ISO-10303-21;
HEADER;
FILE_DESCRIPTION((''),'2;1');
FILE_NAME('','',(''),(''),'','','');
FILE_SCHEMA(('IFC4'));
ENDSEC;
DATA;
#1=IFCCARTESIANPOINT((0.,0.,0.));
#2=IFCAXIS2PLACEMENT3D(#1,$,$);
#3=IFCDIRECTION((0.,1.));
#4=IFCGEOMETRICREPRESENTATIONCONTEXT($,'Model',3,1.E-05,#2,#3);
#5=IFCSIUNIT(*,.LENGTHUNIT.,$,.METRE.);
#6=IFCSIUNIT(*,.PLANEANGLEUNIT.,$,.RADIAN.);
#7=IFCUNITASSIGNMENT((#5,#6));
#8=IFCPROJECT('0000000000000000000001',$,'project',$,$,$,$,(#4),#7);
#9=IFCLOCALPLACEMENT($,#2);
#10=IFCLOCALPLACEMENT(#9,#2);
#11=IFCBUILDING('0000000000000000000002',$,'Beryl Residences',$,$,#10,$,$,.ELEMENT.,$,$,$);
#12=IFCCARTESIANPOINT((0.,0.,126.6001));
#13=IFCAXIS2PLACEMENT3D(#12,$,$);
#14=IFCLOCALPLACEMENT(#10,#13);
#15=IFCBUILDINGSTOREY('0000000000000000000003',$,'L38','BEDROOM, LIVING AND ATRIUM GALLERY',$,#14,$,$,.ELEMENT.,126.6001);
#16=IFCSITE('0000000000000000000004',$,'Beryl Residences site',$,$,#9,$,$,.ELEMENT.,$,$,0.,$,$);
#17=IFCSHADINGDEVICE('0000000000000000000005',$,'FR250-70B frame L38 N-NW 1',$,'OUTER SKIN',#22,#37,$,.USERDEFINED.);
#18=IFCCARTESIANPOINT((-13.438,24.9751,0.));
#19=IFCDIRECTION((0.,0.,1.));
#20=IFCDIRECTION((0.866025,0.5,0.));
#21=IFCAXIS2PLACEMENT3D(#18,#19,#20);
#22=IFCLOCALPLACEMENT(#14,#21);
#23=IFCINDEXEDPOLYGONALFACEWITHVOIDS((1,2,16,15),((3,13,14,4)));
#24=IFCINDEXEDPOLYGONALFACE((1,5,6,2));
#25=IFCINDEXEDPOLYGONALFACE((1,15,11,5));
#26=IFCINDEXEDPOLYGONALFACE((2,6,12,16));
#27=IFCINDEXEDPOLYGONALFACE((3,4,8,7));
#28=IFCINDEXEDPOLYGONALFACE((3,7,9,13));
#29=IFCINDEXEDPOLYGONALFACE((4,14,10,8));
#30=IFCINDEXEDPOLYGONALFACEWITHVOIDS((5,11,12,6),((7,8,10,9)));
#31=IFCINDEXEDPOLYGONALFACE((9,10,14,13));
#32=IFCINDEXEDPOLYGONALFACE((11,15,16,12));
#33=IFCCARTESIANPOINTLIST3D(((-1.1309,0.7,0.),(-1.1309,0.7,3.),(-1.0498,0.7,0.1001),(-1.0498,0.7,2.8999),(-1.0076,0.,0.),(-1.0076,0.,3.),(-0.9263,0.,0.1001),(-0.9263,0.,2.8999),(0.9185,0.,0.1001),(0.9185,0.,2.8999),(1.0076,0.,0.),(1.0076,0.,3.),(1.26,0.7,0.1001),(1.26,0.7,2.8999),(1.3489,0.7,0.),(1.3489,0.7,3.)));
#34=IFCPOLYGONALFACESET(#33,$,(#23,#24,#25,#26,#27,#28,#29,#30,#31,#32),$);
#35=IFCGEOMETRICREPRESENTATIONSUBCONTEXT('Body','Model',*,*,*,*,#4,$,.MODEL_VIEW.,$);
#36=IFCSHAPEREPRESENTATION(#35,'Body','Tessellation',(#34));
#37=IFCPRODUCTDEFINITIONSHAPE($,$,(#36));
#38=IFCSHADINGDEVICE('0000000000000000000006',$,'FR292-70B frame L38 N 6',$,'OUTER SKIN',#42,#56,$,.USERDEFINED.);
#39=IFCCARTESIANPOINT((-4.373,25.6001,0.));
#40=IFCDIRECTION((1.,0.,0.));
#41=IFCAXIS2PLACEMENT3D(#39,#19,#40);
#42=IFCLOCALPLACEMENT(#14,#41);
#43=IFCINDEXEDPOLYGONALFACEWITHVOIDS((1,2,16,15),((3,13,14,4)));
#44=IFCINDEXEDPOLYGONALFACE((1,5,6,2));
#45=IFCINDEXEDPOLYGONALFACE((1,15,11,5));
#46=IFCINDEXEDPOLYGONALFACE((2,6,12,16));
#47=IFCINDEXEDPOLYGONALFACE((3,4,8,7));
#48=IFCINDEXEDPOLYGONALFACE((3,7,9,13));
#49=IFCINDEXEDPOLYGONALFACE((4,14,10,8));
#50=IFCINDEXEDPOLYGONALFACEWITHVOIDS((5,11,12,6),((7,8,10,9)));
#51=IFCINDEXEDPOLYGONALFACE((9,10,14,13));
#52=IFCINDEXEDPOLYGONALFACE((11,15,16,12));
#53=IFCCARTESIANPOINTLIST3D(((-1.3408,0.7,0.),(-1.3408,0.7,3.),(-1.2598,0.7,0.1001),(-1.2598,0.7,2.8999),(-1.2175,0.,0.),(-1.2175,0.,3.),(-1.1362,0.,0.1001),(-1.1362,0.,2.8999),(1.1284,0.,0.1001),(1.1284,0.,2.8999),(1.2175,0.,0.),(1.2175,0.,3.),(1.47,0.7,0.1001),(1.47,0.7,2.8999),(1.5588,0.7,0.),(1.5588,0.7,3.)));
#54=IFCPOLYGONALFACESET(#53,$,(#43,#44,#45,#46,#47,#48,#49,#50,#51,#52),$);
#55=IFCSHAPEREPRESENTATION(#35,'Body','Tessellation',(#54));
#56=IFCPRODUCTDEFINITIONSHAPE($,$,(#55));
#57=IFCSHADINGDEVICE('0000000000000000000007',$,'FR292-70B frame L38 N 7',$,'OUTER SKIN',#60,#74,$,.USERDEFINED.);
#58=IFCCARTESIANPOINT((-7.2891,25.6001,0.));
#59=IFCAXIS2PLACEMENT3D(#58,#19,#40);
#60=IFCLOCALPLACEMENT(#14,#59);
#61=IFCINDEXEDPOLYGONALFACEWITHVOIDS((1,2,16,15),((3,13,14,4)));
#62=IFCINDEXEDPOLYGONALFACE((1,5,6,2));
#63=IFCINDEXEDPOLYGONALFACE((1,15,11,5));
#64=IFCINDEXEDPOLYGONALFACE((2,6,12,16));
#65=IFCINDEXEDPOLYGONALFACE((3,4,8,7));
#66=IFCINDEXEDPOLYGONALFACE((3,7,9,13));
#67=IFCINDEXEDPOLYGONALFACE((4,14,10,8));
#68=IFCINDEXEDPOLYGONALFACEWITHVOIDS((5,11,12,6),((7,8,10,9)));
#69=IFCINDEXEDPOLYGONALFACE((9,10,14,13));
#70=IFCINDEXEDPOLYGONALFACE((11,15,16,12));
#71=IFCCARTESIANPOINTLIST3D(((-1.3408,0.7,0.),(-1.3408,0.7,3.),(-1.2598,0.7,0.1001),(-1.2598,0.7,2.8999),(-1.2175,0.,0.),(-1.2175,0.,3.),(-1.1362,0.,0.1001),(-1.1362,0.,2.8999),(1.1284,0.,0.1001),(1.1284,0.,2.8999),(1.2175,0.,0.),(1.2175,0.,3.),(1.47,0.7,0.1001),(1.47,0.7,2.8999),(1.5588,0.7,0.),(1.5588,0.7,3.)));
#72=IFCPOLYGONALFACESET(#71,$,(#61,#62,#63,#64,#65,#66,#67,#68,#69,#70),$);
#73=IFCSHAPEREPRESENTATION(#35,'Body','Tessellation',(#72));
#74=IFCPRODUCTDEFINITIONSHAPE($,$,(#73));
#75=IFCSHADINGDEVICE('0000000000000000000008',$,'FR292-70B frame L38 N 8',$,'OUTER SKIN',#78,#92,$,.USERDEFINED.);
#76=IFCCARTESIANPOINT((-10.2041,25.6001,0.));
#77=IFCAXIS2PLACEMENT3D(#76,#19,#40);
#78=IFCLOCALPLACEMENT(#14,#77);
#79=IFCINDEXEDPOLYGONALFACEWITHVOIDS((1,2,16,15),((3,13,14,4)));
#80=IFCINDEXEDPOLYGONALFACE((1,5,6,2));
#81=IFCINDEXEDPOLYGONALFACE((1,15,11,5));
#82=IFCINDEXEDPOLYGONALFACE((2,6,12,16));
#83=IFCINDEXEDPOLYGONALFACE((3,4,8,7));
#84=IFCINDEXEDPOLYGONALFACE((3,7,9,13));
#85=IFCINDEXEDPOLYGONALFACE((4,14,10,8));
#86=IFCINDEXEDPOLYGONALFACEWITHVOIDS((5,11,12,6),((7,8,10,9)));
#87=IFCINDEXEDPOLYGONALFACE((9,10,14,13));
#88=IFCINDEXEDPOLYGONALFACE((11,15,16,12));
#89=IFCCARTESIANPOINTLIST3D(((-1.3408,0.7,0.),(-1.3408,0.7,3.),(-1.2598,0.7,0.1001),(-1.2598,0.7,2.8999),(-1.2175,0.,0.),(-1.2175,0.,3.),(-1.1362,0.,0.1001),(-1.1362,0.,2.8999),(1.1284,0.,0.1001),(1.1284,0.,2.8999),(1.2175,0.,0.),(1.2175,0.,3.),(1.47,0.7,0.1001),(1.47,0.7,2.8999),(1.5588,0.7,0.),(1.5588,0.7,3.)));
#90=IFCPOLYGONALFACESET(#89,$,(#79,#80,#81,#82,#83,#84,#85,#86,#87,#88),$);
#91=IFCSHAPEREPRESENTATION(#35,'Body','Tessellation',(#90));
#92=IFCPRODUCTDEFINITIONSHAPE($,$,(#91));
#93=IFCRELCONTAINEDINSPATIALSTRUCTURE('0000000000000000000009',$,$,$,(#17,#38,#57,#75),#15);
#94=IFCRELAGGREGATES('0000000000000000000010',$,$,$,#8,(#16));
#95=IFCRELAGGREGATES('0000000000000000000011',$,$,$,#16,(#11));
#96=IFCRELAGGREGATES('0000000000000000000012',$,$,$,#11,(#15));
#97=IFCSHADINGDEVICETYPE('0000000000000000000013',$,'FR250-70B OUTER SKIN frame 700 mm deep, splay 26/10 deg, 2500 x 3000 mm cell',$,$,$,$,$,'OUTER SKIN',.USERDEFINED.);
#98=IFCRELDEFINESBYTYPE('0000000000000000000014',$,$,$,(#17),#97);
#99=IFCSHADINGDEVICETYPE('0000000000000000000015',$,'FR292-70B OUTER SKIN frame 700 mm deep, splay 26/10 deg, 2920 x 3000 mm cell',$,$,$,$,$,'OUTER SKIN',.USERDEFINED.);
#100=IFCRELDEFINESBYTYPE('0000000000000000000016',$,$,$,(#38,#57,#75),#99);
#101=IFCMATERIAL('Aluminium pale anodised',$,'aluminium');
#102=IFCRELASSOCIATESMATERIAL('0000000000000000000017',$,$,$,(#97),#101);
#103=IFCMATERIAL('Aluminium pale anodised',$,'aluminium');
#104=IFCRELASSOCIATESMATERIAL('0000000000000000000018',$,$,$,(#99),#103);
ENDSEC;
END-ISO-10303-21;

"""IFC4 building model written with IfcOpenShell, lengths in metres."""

from ifc_helpers import new_model, entity, si_unit, direction, frame, origin, place, context, subcontext, project, spatial, source, transform, mapped, material, type_object, type_shapes, element, save


model = new_model("IFC4")

# Units and contexts
model_context = context("Model", 3, precision=1e-05, world=origin(), true_north=direction((0.0, 1.0)))
body_context = subcontext(model_context, "Body", "Model", "MODEL_VIEW")
ifc_project = project(units=[si_unit("LENGTHUNIT", "METRE"), si_unit("PLANEANGLEUNIT", "RADIAN")], contexts=[model_context])

# Site, building, storey
site_placement = place(None, origin())
site = spatial("IfcSite", under=ifc_project, at=site_placement, Name="Beryl Residences site", CompositionType="ELEMENT", RefElevation=0.0)
building_placement = place(site_placement, origin())
building = spatial("IfcBuilding", under=site, at=building_placement, Name="Beryl Residences", CompositionType="ELEMENT")
storey_placement = place(building_placement, frame((0.0, 0.0, 126.6001)))
storey = spatial("IfcBuildingStorey", under=building, at=storey_placement, Name="L38", Description="BEDROOM, LIVING AND ATRIUM GALLERY", CompositionType="ELEMENT", Elevation=126.6001)

# Shading devices
ifc_material_1 = material(Name="Aluminium pale anodised", Category="aluminium")
shading_device_type_1 = type_object("IfcShadingDeviceType", Name="FR250-70B OUTER SKIN frame 700 mm deep, splay 26/10 deg, 2500 x 3000 mm cell", ElementType="OUTER SKIN", PredefinedType="USERDEFINED", material=ifc_material_1)
cartesian_point_1 = entity("IfcCartesianPoint", [-1.0076, 0.0])
cartesian_point_2 = entity("IfcCartesianPoint", [-0.9185, 0.1001])
cartesian_point_3 = entity("IfcCartesianPoint", [-1.3489, 0.0])
cartesian_point_4 = entity("IfcCartesianPoint", [-1.26, 0.1001])
shared_shape_1 = source(origin(), body_context, "Body", "SweptSolid", [
    entity("IfcExtrudedAreaSolidTapered", entity("IfcArbitraryProfileDefWithVoids", "AREA", None, entity("IfcPolyline", [cartesian_point_1, entity("IfcCartesianPoint", [1.0076, 0.0]), entity("IfcCartesianPoint", [1.0076, 3.0]), entity("IfcCartesianPoint", [-1.0076, 3.0]), cartesian_point_1]), [entity("IfcPolyline", [cartesian_point_2, entity("IfcCartesianPoint", [0.9263, 0.1001]), entity("IfcCartesianPoint", [0.9263, 2.8999]), entity("IfcCartesianPoint", [-0.9185, 2.8999]), cartesian_point_2])]), entity("IfcAxis2Placement3D", entity("IfcCartesianPoint", [0.0, 0.0, 0.0]), entity("IfcDirection", [0.0, 1.0, 0.0]), entity("IfcDirection", [-1.0, 0.0, 0.0])), entity("IfcDirection", [0.0, 0.0, 1.0]), 0.7, entity("IfcArbitraryProfileDefWithVoids", "AREA", None, entity("IfcPolyline", [cartesian_point_3, entity("IfcCartesianPoint", [1.1309, 0.0]), entity("IfcCartesianPoint", [1.1309, 3.0]), entity("IfcCartesianPoint", [-1.3489, 3.0]), cartesian_point_3]), [entity("IfcPolyline", [cartesian_point_4, entity("IfcCartesianPoint", [1.0498, 0.1001]), entity("IfcCartesianPoint", [1.0498, 2.8999]), entity("IfcCartesianPoint", [-1.26, 2.8999]), cartesian_point_4])])),
])
type_shapes(shading_device_type_1, [shared_shape_1])
shading_device_placement = place(storey_placement, frame((-13.438, 24.9751, 0.0), z_axis=(0.0, 0.0, 1.0), x_axis=(0.866025, 0.5, 0.0)))
element("IfcShadingDevice", 1, at=shading_device_placement, inside=storey, type_object=shading_device_type_1, Name="FR250-70B frame L38 N-NW 1", ObjectType="OUTER SKIN", PredefinedType="USERDEFINED", context=body_context, shape_type="MappedRepresentation", body=[
    mapped(shared_shape_1, transform((0.0, 0.0, 0.0))),
])
ifc_material_2 = material(Name="Aluminium pale anodised", Category="aluminium")
shading_device_type_2 = type_object("IfcShadingDeviceType", Name="FR292-70B OUTER SKIN frame 700 mm deep, splay 26/10 deg, 2920 x 3000 mm cell", ElementType="OUTER SKIN", PredefinedType="USERDEFINED", material=ifc_material_2)
cartesian_point_5 = entity("IfcCartesianPoint", [-1.2175, 0.0])
cartesian_point_6 = entity("IfcCartesianPoint", [-1.1284, 0.1001])
cartesian_point_7 = entity("IfcCartesianPoint", [-1.5588, 0.0])
cartesian_point_8 = entity("IfcCartesianPoint", [-1.47, 0.1001])
shared_shape_2 = source(origin(), body_context, "Body", "SweptSolid", [
    entity("IfcExtrudedAreaSolidTapered", entity("IfcArbitraryProfileDefWithVoids", "AREA", None, entity("IfcPolyline", [cartesian_point_5, entity("IfcCartesianPoint", [1.2175, 0.0]), entity("IfcCartesianPoint", [1.2175, 3.0]), entity("IfcCartesianPoint", [-1.2175, 3.0]), cartesian_point_5]), [entity("IfcPolyline", [cartesian_point_6, entity("IfcCartesianPoint", [1.1362, 0.1001]), entity("IfcCartesianPoint", [1.1362, 2.8999]), entity("IfcCartesianPoint", [-1.1284, 2.8999]), cartesian_point_6])]), entity("IfcAxis2Placement3D", entity("IfcCartesianPoint", [0.0, 0.0, 0.0]), entity("IfcDirection", [0.0, 1.0, 0.0]), entity("IfcDirection", [-1.0, 0.0, 0.0])), entity("IfcDirection", [0.0, 0.0, 1.0]), 0.7, entity("IfcArbitraryProfileDefWithVoids", "AREA", None, entity("IfcPolyline", [cartesian_point_7, entity("IfcCartesianPoint", [1.3408, 0.0]), entity("IfcCartesianPoint", [1.3408, 3.0]), entity("IfcCartesianPoint", [-1.5588, 3.0]), cartesian_point_7]), [entity("IfcPolyline", [cartesian_point_8, entity("IfcCartesianPoint", [1.2598, 0.1001]), entity("IfcCartesianPoint", [1.2598, 2.8999]), entity("IfcCartesianPoint", [-1.47, 2.8999]), cartesian_point_8])])),
])
type_shapes(shading_device_type_2, [shared_shape_2])
for number, where, z_axis, x_axis, name in (
    (2, (-4.373, 25.6001, 0.0), (0.0, 0.0, 1.0), (1.0, 0.0, 0.0), "FR292-70B frame L38 N 6"),
    (3, (-7.2891, 25.6001, 0.0), (0.0, 0.0, 1.0), (1.0, 0.0, 0.0), "FR292-70B frame L38 N 7"),
    (4, (-10.2041, 25.6001, 0.0), (0.0, 0.0, 1.0), (1.0, 0.0, 0.0), "FR292-70B frame L38 N 8"),
):
    element("IfcShadingDevice", number, at=place(storey_placement, frame(where, z_axis=z_axis, x_axis=x_axis)), inside=storey, type_object=shading_device_type_2, Name=name, ObjectType="OUTER SKIN", PredefinedType="USERDEFINED", context=body_context, shape_type="MappedRepresentation", body=[
        mapped(shared_shape_2, transform((0.0, 0.0, 0.0))),
    ])

save(model, "model.ifc")
